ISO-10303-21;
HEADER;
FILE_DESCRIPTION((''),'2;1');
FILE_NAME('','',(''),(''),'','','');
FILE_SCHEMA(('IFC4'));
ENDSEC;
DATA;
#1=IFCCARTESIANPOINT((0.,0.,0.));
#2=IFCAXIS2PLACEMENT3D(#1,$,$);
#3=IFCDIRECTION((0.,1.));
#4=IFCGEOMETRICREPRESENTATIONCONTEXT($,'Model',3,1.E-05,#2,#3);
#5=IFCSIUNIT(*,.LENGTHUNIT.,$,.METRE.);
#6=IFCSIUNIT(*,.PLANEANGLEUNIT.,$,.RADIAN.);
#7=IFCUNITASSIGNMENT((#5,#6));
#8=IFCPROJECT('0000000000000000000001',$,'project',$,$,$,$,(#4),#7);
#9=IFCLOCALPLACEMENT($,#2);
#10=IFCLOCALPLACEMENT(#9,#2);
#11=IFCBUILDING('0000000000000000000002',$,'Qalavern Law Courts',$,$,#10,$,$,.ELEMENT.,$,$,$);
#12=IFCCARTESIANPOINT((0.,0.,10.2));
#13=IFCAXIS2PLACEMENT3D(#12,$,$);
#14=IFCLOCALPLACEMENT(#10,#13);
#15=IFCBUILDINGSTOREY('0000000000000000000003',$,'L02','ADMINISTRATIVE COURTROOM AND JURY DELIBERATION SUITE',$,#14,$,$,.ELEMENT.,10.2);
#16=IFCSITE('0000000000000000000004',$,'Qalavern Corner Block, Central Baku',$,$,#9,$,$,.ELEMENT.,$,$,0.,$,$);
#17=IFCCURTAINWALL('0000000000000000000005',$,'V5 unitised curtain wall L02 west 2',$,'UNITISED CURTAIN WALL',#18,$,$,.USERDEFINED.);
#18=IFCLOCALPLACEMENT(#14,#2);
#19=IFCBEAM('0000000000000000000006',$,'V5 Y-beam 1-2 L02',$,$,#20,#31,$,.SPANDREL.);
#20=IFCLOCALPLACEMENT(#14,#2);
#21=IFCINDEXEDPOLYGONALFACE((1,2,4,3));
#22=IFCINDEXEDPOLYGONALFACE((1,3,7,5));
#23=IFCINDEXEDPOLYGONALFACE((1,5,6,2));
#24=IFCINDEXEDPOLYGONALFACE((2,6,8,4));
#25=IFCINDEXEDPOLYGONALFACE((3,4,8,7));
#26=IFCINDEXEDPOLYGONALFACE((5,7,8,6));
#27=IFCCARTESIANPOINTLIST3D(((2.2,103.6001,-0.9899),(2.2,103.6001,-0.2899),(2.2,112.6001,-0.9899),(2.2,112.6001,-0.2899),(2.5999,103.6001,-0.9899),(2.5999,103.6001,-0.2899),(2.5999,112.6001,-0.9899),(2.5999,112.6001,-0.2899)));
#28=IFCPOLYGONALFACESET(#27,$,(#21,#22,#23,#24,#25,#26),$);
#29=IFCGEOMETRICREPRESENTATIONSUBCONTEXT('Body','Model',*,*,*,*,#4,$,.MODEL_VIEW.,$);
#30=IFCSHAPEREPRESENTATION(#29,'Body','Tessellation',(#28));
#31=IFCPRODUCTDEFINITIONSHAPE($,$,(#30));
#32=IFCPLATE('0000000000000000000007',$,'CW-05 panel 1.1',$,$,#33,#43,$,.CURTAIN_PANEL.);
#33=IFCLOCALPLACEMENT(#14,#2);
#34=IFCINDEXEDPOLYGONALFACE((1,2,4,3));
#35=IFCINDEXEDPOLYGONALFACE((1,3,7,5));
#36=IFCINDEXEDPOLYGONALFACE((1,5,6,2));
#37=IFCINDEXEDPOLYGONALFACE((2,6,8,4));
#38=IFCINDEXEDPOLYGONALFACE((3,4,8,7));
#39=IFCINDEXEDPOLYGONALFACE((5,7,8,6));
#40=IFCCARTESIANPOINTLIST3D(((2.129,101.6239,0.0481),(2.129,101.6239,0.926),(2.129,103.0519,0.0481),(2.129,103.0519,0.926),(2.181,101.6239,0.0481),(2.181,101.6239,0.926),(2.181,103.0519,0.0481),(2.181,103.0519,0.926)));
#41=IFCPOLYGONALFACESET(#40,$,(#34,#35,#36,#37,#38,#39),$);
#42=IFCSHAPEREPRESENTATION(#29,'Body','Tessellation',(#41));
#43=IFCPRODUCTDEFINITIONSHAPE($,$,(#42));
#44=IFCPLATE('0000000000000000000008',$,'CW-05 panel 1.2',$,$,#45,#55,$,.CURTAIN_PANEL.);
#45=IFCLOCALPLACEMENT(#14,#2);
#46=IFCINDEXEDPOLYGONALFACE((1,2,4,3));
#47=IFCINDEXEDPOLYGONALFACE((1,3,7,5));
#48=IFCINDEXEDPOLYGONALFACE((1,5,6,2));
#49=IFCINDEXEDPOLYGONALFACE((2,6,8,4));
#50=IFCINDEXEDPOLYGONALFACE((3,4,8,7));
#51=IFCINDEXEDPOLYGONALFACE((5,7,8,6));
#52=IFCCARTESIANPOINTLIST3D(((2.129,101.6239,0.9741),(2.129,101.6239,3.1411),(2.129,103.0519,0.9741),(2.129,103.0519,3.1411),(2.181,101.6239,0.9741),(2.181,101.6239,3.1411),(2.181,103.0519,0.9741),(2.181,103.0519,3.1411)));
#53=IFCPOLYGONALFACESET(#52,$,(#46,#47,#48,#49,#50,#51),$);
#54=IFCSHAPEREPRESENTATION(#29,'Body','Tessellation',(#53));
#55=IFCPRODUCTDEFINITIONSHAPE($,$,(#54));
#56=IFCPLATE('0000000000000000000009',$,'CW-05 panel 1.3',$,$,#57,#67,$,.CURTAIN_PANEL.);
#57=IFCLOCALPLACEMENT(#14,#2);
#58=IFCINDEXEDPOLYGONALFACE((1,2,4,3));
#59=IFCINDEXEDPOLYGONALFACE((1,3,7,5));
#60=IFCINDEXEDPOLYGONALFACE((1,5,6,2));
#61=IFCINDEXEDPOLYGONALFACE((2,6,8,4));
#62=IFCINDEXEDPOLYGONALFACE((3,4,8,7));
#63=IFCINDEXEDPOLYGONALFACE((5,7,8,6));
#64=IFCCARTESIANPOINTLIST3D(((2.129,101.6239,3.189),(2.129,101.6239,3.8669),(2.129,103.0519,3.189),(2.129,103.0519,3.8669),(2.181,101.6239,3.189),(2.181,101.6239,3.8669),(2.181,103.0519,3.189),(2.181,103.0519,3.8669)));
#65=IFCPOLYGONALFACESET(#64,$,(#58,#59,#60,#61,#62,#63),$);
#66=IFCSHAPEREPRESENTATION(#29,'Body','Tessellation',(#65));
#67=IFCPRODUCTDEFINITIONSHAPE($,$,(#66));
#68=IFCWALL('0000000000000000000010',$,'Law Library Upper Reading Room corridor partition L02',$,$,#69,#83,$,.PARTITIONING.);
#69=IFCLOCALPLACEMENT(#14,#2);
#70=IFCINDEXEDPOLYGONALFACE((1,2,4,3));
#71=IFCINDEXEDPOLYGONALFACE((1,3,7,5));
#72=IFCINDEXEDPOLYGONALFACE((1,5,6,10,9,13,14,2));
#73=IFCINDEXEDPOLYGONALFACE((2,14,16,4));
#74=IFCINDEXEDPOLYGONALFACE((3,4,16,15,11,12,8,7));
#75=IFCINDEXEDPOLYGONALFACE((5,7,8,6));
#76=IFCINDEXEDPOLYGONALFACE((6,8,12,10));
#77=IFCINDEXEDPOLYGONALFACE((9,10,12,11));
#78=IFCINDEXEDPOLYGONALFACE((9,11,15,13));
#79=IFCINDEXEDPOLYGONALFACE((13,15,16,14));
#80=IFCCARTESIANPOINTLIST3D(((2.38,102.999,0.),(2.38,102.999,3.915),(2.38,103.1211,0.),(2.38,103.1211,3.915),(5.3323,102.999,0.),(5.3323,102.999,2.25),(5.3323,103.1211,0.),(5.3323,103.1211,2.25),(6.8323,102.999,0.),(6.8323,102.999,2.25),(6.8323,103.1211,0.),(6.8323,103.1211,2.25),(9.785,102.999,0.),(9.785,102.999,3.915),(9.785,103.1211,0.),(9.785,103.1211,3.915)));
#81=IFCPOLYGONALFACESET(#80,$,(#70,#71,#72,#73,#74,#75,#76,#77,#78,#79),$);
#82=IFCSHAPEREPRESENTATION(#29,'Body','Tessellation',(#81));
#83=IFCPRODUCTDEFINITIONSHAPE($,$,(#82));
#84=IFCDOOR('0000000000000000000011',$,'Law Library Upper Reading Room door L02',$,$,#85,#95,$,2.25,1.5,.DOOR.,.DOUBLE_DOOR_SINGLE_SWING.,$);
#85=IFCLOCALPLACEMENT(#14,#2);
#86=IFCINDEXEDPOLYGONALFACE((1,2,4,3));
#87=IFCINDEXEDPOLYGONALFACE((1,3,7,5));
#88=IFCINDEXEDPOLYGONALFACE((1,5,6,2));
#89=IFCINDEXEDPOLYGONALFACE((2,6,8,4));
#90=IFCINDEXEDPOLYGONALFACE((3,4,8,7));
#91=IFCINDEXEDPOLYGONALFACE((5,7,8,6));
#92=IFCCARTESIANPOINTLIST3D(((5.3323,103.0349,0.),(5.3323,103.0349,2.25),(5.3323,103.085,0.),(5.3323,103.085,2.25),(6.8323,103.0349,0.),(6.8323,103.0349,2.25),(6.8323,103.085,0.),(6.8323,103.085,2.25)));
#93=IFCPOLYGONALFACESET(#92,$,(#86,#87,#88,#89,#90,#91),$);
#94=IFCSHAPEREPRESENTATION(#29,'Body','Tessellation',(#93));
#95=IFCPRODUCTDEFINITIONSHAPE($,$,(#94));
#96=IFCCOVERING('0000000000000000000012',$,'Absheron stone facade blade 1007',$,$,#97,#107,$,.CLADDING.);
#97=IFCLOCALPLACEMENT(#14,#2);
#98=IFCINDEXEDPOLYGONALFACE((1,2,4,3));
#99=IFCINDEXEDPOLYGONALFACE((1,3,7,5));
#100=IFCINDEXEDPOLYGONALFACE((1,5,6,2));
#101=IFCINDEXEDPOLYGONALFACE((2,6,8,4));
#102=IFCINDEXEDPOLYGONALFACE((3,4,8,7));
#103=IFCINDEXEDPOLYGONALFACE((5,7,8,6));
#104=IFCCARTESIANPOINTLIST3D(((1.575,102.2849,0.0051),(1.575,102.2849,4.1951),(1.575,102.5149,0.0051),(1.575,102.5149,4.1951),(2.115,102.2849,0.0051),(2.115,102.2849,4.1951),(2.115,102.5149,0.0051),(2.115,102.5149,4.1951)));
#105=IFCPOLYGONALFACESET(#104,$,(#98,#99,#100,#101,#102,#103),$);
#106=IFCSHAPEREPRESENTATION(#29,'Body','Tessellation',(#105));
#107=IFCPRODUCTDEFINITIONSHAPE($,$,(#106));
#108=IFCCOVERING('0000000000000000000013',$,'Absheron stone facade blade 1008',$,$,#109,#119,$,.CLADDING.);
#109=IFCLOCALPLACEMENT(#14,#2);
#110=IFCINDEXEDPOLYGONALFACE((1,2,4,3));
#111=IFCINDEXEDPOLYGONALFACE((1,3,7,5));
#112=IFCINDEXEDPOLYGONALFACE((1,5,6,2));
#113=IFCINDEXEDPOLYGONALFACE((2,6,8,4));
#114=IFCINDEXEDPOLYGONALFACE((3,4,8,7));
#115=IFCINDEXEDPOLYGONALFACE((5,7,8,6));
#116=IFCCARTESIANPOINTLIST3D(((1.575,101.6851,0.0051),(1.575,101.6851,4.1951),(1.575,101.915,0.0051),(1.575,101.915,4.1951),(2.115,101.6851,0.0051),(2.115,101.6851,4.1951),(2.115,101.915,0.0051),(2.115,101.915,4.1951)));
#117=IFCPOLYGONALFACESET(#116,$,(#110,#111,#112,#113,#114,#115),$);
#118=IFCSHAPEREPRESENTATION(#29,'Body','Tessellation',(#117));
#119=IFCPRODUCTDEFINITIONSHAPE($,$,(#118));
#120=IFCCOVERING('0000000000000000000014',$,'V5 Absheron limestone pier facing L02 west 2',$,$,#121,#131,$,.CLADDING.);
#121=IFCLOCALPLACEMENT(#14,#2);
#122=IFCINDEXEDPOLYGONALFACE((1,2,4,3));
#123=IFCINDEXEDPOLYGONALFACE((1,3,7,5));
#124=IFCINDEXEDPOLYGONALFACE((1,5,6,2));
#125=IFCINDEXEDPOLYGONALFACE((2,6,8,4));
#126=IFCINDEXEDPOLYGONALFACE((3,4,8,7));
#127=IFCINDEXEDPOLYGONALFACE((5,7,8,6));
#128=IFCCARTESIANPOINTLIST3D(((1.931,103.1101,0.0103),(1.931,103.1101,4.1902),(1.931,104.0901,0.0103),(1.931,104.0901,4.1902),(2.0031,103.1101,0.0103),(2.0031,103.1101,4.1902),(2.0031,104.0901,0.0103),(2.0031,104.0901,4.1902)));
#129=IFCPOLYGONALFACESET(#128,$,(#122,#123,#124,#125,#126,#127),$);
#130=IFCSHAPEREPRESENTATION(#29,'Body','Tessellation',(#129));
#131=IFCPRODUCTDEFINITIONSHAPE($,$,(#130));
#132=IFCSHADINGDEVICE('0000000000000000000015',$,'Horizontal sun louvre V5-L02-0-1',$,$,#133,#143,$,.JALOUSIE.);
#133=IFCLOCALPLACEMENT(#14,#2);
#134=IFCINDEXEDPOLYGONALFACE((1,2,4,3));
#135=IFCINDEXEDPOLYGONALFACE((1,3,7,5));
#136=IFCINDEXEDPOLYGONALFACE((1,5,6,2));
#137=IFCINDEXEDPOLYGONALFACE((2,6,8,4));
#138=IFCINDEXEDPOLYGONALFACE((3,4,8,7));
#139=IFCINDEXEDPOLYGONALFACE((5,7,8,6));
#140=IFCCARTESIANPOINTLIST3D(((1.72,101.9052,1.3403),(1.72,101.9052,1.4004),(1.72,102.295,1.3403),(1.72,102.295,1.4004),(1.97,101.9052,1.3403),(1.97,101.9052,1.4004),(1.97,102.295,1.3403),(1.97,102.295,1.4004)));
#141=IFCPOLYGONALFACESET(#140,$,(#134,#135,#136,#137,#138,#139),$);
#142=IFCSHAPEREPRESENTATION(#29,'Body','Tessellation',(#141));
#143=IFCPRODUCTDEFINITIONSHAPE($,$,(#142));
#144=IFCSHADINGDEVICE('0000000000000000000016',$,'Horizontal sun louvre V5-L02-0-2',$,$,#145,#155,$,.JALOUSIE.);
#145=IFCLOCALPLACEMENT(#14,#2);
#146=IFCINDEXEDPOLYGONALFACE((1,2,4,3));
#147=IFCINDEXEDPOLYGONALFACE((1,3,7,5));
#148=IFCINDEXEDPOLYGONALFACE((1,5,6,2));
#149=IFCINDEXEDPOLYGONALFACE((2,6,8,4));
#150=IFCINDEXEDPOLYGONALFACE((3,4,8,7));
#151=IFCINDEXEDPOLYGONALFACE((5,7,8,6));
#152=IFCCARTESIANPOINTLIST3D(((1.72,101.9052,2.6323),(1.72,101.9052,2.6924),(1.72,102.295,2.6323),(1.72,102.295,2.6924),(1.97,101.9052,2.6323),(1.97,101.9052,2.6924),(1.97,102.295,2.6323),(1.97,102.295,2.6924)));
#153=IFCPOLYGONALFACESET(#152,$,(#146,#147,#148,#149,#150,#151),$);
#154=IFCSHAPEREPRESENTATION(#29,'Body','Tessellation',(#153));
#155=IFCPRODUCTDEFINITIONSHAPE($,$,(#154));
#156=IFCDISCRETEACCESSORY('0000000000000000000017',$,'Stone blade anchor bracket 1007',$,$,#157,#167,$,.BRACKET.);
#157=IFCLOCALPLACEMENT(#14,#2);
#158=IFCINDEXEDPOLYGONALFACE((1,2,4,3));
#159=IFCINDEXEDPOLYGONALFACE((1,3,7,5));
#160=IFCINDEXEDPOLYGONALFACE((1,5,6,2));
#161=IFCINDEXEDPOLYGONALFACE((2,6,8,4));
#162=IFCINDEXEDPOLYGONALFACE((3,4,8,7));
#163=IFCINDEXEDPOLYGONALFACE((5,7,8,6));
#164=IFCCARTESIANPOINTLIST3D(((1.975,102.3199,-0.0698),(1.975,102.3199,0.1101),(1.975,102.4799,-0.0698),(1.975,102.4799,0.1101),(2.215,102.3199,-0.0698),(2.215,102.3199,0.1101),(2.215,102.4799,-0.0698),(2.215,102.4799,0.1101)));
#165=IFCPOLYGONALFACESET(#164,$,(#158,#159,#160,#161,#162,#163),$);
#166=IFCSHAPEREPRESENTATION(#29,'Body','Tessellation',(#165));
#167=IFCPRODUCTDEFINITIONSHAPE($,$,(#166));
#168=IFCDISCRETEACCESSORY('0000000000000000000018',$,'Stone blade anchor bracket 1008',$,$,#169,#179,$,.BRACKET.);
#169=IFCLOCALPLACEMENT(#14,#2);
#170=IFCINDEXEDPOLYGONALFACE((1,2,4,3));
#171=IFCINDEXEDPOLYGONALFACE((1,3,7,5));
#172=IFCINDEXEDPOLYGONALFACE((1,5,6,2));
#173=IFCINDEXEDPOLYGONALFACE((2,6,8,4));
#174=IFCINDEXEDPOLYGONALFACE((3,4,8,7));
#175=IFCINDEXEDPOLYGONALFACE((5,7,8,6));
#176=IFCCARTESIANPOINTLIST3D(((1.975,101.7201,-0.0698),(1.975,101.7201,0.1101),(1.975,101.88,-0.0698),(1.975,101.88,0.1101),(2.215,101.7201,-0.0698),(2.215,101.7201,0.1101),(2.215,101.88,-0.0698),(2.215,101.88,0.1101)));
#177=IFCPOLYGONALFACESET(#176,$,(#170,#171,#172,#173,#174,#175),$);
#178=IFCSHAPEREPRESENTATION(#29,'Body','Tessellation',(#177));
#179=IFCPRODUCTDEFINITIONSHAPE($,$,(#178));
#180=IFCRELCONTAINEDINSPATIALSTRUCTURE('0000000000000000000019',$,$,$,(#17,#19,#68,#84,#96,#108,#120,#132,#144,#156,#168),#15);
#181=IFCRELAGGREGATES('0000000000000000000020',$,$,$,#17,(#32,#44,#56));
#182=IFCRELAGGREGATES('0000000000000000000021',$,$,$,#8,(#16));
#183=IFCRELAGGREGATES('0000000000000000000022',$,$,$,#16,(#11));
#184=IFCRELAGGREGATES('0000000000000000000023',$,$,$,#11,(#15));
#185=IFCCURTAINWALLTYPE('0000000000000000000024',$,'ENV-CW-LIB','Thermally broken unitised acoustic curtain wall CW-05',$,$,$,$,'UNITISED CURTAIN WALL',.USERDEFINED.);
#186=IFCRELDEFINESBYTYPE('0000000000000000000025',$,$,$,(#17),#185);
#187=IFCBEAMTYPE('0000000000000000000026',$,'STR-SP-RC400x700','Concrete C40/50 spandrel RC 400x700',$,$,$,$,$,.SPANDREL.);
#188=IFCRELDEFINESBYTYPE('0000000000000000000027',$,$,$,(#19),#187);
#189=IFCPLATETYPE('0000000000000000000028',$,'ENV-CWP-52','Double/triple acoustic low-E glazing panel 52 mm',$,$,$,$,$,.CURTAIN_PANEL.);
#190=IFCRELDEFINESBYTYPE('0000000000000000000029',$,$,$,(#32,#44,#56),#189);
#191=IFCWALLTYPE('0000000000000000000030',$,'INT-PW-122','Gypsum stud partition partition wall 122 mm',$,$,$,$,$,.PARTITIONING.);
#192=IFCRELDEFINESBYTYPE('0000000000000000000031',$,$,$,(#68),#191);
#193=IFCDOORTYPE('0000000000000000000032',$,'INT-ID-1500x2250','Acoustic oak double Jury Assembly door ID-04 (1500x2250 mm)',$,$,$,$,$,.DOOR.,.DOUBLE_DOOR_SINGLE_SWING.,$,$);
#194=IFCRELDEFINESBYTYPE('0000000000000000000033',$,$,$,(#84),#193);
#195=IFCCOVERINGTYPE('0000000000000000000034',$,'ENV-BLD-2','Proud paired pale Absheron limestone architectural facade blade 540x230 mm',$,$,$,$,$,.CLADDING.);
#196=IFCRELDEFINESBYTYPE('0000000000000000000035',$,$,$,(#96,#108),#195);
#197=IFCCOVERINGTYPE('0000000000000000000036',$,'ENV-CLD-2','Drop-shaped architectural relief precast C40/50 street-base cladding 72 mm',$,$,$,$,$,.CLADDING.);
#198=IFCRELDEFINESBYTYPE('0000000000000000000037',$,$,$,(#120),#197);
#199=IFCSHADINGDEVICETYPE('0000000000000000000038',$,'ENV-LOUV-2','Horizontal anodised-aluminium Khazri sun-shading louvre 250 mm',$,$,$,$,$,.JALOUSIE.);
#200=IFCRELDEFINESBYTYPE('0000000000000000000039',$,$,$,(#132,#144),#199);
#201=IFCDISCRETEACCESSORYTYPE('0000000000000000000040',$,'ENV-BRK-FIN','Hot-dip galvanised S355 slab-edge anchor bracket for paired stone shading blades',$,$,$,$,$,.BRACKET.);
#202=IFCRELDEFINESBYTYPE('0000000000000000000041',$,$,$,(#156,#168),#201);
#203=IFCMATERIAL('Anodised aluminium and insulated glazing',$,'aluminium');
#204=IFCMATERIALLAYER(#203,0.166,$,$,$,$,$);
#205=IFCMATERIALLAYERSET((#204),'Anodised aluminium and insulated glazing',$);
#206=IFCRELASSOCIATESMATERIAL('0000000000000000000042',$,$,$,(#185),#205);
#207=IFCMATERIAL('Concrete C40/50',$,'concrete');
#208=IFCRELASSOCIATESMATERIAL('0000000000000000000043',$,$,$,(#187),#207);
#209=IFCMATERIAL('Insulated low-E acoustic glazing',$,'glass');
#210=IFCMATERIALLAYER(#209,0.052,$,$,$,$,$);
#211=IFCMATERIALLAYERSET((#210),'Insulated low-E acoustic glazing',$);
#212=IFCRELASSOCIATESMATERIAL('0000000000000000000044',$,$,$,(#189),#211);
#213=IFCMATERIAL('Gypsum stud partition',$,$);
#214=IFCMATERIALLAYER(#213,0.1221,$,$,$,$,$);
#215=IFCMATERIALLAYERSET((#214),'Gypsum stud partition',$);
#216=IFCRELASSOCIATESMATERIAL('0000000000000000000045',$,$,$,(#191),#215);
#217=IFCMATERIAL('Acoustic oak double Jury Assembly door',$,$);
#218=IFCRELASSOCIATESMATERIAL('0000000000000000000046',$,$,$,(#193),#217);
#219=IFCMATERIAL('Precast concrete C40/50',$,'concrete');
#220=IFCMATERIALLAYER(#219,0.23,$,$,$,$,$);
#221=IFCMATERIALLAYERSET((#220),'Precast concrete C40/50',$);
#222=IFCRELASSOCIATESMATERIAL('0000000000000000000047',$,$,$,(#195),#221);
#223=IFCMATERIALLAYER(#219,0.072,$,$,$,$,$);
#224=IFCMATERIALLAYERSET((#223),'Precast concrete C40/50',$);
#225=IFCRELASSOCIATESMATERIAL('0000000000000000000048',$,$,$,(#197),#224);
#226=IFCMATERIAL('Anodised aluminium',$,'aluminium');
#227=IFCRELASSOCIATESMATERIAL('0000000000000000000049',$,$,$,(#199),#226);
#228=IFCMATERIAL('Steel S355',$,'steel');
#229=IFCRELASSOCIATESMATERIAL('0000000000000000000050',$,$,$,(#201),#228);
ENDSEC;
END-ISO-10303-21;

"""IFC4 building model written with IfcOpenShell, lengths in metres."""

from ifc_helpers import new_model, si_unit, direction, frame, frame_2d, origin, origin_2d, place, context, subcontext, project, spatial, rectangle, extrude, material, layer, layer_set, material_profile, profile_set, type_object, element, fill, aggregate, save


model = new_model("IFC4")

# Units and contexts
model_context = context("Model", 3, precision=1e-05, world=origin(), true_north=direction((0.0, 1.0)))
body_context = subcontext(model_context, "Body", "Model", "MODEL_VIEW")
ifc_project = project(units=[si_unit("LENGTHUNIT", "METRE"), si_unit("PLANEANGLEUNIT", "RADIAN")], contexts=[model_context])

# Site, building, storey
site_placement = place(None, origin())
site = spatial("IfcSite", under=ifc_project, at=site_placement, Name="Qalavern Corner Block, Central Baku", CompositionType="ELEMENT", RefElevation=0.0)
building_placement = place(site_placement, origin())
building = spatial("IfcBuilding", under=site, at=building_placement, Name="Qalavern Law Courts", CompositionType="ELEMENT")
storey_placement = place(building_placement, frame((0.0, 0.0, 10.2)))
storey = spatial("IfcBuildingStorey", under=building, at=storey_placement, Name="L02", Description="ADMINISTRATIVE COURTROOM AND JURY DELIBERATION SUITE", CompositionType="ELEMENT", Elevation=10.2)

# Curtain wall
ifc_material_1 = material(Name="Anodised aluminium and insulated glazing", Category="aluminium")
ifc_layer_1 = layer(ifc_material_1, 0.166)
ifc_layer_set_1 = layer_set([ifc_layer_1], Name="Anodised aluminium and insulated glazing")
curtain_wall_type = type_object("IfcCurtainWallType", Name="ENV-CW-LIB", Description="Thermally broken unitised acoustic curtain wall CW-05", ElementType="UNITISED CURTAIN WALL", PredefinedType="USERDEFINED", material=ifc_layer_set_1)
curtain_wall_placement = place(storey_placement, origin())
curtain_wall = element("IfcCurtainWall", 1, at=curtain_wall_placement, inside=storey, type_object=curtain_wall_type, Name="V5 unitised curtain wall L02 west 2", ObjectType="UNITISED CURTAIN WALL", PredefinedType="USERDEFINED")
ifc_material_2 = material(Name="Anodised aluminium", Category="aluminium")

# Beam
ifc_material_3 = material(Name="Concrete C40/50", Category="concrete")
ifc_material_profile_1 = material_profile(ifc_material_3, rectangle(XDim=0.3999, YDim=0.7, at=origin_2d()), Name="RC 400x700")
ifc_profile_set_1 = profile_set([ifc_material_profile_1], Name="Concrete C40/50")
beam_type_1 = type_object("IfcBeamType", Name="STR-SP-RC400x700", Description="Concrete C40/50 spandrel RC 400x700", PredefinedType="SPANDREL", material=ifc_profile_set_1)
beam_1_placement = place(storey_placement, frame((2.3999, 103.6001, -0.6399), z_axis=(0.0, 1.0, 0.0), x_axis=(-1.0, 0.0, 0.0)))
element("IfcBeam", 2, at=beam_1_placement, inside=storey, type_object=beam_type_1, Name="V5 Y-beam 1-2 L02", PredefinedType="SPANDREL", context=body_context, shape_type="SweptSolid", body=[
    extrude(rectangle(XDim=0.3999, YDim=0.7, at=origin_2d()), origin(), (0.0, 0.0, 1.0), 9.0),
])

# Plates
ifc_material_4 = material(Name="Insulated low-E acoustic glazing", Category="glass")
ifc_layer_2 = layer(ifc_material_4, 0.052)
ifc_layer_set_2 = layer_set([ifc_layer_2], Name="Insulated low-E acoustic glazing")
plate_type = type_object("IfcPlateType", Name="ENV-CWP-52", Description="Double/triple acoustic low-E glazing panel 52 mm", PredefinedType="CURTAIN_PANEL", material=ifc_layer_set_2)
plate_1_placement = place(storey_placement, frame((2.155, 102.3379, 0.0481), z_axis=(0.0, 0.0, 1.0), x_axis=(0.0, -1.0, 0.0)))
plate_1 = element("IfcPlate", 3, at=plate_1_placement, type_object=plate_type, Name="CW-05 panel 1.1", PredefinedType="CURTAIN_PANEL", context=body_context, shape_type="SweptSolid", body=[
    extrude(rectangle(XDim=1.428, YDim=0.052, at=origin_2d()), origin(), (0.0, 0.0, 1.0), 0.8779),
])
plate_2_placement = place(storey_placement, frame((2.155, 102.3379, 0.9741), z_axis=(0.0, 0.0, 1.0), x_axis=(0.0, -1.0, 0.0)))
plate_2 = element("IfcPlate", 4, at=plate_2_placement, type_object=plate_type, Name="CW-05 panel 1.2", PredefinedType="CURTAIN_PANEL", context=body_context, shape_type="SweptSolid", body=[
    extrude(rectangle(XDim=1.428, YDim=0.052, at=origin_2d()), origin(), (0.0, 0.0, 1.0), 2.167),
])
plate_3_placement = place(storey_placement, frame((2.155, 102.3379, 3.189), z_axis=(0.0, 0.0, 1.0), x_axis=(0.0, -1.0, 0.0)))
plate_3 = element("IfcPlate", 5, at=plate_3_placement, type_object=plate_type, Name="CW-05 panel 1.3", PredefinedType="CURTAIN_PANEL", context=body_context, shape_type="SweptSolid", body=[
    extrude(rectangle(XDim=1.428, YDim=0.052, at=origin_2d()), origin(), (0.0, 0.0, 1.0), 0.678),
])
aggregate(curtain_wall, [plate_1, plate_2, plate_3])

# Wall, opening, door
ifc_material_5 = material(Name="Gypsum stud partition")
ifc_layer_3 = layer(ifc_material_5, 0.1221)
ifc_layer_set_3 = layer_set([ifc_layer_3], Name="Gypsum stud partition")
wall_type = type_object("IfcWallType", Name="INT-PW-122", Description="Gypsum stud partition partition wall 122 mm", PredefinedType="PARTITIONING", material=ifc_layer_set_3)
wall_placement = place(storey_placement, frame((2.3799, 103.0601, 0.0), z_axis=(0.0, 0.0, 1.0), x_axis=(1.0, 0.0, 0.0)))
wall = element("IfcWall", 6, at=wall_placement, inside=storey, type_object=wall_type, Name="Law Library Upper Reading Room corridor partition L02", PredefinedType="PARTITIONING", context=body_context, shape_type="SweptSolid", body=[
    extrude(rectangle(XDim=7.405, YDim=0.1221, at=frame_2d((3.7026, 0.0))), origin(), (0.0, 0.0, 1.0), 3.915),
])
opening_placement = place(wall_placement, frame((2.9524, 0.0, 0.0)))
opening = element("IfcOpeningElement", 7, at=opening_placement, cuts=wall, PredefinedType="OPENING", context=body_context, shape_type="SweptSolid", body=[
    extrude(rectangle(XDim=1.5, YDim=2.25, at=frame_2d((0.75, 1.125))), frame((0.0, 0.0759, 0.0), z_axis=(0.0, -1.0, 0.0), x_axis=(1.0, 0.0, 0.0)), (0.0, 0.0, 1.0), 0.1519),
])
ifc_material_6 = material(Name="Acoustic oak double Jury Assembly door")
door_type = type_object("IfcDoorType", Name="INT-ID-1500x2250", Description="Acoustic oak double Jury Assembly door ID-04 (1500x2250 mm)", OperationType="DOUBLE_DOOR_SINGLE_SWING", PredefinedType="DOOR", material=ifc_material_6)
door_placement = place(opening_placement, origin())
door = element("IfcDoor", 8, at=door_placement, inside=storey, type_object=door_type, Name="Law Library Upper Reading Room door L02", OperationType="DOUBLE_DOOR_SINGLE_SWING", OverallHeight=2.25, OverallWidth=1.5, PredefinedType="DOOR", context=body_context, shape_type="SweptSolid", body=[
    extrude(rectangle(XDim=1.5, YDim=2.25, at=frame_2d((0.75, 1.125))), frame((0.0, 0.0249, 0.0), z_axis=(0.0, -1.0, 0.0), x_axis=(1.0, 0.0, 0.0)), (0.0, 0.0, 1.0), 0.05),
])
fill(opening, door)

# Coverings
ifc_material_7 = material(Name="Precast concrete C40/50", Category="concrete")
ifc_layer_4 = layer(ifc_material_7, 0.23)
ifc_layer_set_4 = layer_set([ifc_layer_4], Name="Precast concrete C40/50")
covering_type_1 = type_object("IfcCoveringType", Name="ENV-BLD-2", Description="Proud paired pale Absheron limestone architectural facade blade 540x230 mm", PredefinedType="CLADDING", material=ifc_layer_set_4)
for number, where, z_axis, x_axis, name in (
    (9, (1.845, 102.3999, 0.0051), (0.0, 0.0, 1.0), (-1.0, 0.0, 0.0), "Absheron stone facade blade 1007"),
    (10, (1.845, 101.8, 0.0051), (0.0, 0.0, 1.0), (-1.0, 0.0, 0.0), "Absheron stone facade blade 1008"),
):
    element("IfcCovering", number, at=place(storey_placement, frame(where, z_axis=z_axis, x_axis=x_axis)), inside=storey, type_object=covering_type_1, Name=name, PredefinedType="CLADDING", context=body_context, shape_type="SweptSolid", body=[
        extrude(rectangle(XDim=0.54, YDim=0.23, at=origin_2d()), origin(), (0.0, 0.0, 1.0), 4.1899),
    ])
ifc_layer_5 = layer(ifc_material_7, 0.072)
ifc_layer_set_5 = layer_set([ifc_layer_5], Name="Precast concrete C40/50")
covering_type_2 = type_object("IfcCoveringType", Name="ENV-CLD-2", Description="Drop-shaped architectural relief precast C40/50 street-base cladding 72 mm", PredefinedType="CLADDING", material=ifc_layer_set_5)
covering_placement = place(storey_placement, frame((1.967, 103.6001, 0.0103), z_axis=(0.0, 0.0, 1.0), x_axis=(0.0, -1.0, 0.0)))
element("IfcCovering", 11, at=covering_placement, inside=storey, type_object=covering_type_2, Name="V5 Absheron limestone pier facing L02 west 2", PredefinedType="CLADDING", context=body_context, shape_type="SweptSolid", body=[
    extrude(rectangle(XDim=0.98, YDim=0.072, at=origin_2d()), origin(), (0.0, 0.0, 1.0), 4.1799),
])

# Shading devices
shading_device_type = type_object("IfcShadingDeviceType", Name="ENV-LOUV-2", Description="Horizontal anodised-aluminium Khazri sun-shading louvre 250 mm", PredefinedType="JALOUSIE", material=ifc_material_2)
for number, where, z_axis, x_axis, name in (
    (12, (1.845, 102.1001, 1.3403), (0.0, 0.0, 1.0), (0.0, -1.0, 0.0), "Horizontal sun louvre V5-L02-0-1"),
    (13, (1.845, 102.1001, 2.6323), (0.0, 0.0, 1.0), (0.0, -1.0, 0.0), "Horizontal sun louvre V5-L02-0-2"),
):
    element("IfcShadingDevice", number, at=place(storey_placement, frame(where, z_axis=z_axis, x_axis=x_axis)), inside=storey, type_object=shading_device_type, Name=name, PredefinedType="JALOUSIE", context=body_context, shape_type="SweptSolid", body=[
        extrude(rectangle(XDim=0.3899, YDim=0.25, at=origin_2d()), origin(), (0.0, 0.0, 1.0), 0.0601),
    ])

# Discrete accessories
ifc_material_8 = material(Name="Steel S355", Category="steel")
discrete_accessory_type = type_object("IfcDiscreteAccessoryType", Name="ENV-BRK-FIN", Description="Hot-dip galvanised S355 slab-edge anchor bracket for paired stone shading blades", PredefinedType="BRACKET", material=ifc_material_8)
for number, where, z_axis, x_axis, name in (
    (14, (2.095, 102.3999, -0.0698), (0.0, 0.0, 1.0), (-1.0, 0.0, 0.0), "Stone blade anchor bracket 1007"),
    (15, (2.095, 101.8, -0.0698), (0.0, 0.0, 1.0), (-1.0, 0.0, 0.0), "Stone blade anchor bracket 1008"),
):
    element("IfcDiscreteAccessory", number, at=place(storey_placement, frame(where, z_axis=z_axis, x_axis=x_axis)), inside=storey, type_object=discrete_accessory_type, Name=name, PredefinedType="BRACKET", context=body_context, shape_type="SweptSolid", body=[
        extrude(rectangle(XDim=0.24, YDim=0.1599, at=origin_2d()), origin(), (0.0, 0.0, 1.0), 0.1799),
    ])

save(model, "model.ifc")
